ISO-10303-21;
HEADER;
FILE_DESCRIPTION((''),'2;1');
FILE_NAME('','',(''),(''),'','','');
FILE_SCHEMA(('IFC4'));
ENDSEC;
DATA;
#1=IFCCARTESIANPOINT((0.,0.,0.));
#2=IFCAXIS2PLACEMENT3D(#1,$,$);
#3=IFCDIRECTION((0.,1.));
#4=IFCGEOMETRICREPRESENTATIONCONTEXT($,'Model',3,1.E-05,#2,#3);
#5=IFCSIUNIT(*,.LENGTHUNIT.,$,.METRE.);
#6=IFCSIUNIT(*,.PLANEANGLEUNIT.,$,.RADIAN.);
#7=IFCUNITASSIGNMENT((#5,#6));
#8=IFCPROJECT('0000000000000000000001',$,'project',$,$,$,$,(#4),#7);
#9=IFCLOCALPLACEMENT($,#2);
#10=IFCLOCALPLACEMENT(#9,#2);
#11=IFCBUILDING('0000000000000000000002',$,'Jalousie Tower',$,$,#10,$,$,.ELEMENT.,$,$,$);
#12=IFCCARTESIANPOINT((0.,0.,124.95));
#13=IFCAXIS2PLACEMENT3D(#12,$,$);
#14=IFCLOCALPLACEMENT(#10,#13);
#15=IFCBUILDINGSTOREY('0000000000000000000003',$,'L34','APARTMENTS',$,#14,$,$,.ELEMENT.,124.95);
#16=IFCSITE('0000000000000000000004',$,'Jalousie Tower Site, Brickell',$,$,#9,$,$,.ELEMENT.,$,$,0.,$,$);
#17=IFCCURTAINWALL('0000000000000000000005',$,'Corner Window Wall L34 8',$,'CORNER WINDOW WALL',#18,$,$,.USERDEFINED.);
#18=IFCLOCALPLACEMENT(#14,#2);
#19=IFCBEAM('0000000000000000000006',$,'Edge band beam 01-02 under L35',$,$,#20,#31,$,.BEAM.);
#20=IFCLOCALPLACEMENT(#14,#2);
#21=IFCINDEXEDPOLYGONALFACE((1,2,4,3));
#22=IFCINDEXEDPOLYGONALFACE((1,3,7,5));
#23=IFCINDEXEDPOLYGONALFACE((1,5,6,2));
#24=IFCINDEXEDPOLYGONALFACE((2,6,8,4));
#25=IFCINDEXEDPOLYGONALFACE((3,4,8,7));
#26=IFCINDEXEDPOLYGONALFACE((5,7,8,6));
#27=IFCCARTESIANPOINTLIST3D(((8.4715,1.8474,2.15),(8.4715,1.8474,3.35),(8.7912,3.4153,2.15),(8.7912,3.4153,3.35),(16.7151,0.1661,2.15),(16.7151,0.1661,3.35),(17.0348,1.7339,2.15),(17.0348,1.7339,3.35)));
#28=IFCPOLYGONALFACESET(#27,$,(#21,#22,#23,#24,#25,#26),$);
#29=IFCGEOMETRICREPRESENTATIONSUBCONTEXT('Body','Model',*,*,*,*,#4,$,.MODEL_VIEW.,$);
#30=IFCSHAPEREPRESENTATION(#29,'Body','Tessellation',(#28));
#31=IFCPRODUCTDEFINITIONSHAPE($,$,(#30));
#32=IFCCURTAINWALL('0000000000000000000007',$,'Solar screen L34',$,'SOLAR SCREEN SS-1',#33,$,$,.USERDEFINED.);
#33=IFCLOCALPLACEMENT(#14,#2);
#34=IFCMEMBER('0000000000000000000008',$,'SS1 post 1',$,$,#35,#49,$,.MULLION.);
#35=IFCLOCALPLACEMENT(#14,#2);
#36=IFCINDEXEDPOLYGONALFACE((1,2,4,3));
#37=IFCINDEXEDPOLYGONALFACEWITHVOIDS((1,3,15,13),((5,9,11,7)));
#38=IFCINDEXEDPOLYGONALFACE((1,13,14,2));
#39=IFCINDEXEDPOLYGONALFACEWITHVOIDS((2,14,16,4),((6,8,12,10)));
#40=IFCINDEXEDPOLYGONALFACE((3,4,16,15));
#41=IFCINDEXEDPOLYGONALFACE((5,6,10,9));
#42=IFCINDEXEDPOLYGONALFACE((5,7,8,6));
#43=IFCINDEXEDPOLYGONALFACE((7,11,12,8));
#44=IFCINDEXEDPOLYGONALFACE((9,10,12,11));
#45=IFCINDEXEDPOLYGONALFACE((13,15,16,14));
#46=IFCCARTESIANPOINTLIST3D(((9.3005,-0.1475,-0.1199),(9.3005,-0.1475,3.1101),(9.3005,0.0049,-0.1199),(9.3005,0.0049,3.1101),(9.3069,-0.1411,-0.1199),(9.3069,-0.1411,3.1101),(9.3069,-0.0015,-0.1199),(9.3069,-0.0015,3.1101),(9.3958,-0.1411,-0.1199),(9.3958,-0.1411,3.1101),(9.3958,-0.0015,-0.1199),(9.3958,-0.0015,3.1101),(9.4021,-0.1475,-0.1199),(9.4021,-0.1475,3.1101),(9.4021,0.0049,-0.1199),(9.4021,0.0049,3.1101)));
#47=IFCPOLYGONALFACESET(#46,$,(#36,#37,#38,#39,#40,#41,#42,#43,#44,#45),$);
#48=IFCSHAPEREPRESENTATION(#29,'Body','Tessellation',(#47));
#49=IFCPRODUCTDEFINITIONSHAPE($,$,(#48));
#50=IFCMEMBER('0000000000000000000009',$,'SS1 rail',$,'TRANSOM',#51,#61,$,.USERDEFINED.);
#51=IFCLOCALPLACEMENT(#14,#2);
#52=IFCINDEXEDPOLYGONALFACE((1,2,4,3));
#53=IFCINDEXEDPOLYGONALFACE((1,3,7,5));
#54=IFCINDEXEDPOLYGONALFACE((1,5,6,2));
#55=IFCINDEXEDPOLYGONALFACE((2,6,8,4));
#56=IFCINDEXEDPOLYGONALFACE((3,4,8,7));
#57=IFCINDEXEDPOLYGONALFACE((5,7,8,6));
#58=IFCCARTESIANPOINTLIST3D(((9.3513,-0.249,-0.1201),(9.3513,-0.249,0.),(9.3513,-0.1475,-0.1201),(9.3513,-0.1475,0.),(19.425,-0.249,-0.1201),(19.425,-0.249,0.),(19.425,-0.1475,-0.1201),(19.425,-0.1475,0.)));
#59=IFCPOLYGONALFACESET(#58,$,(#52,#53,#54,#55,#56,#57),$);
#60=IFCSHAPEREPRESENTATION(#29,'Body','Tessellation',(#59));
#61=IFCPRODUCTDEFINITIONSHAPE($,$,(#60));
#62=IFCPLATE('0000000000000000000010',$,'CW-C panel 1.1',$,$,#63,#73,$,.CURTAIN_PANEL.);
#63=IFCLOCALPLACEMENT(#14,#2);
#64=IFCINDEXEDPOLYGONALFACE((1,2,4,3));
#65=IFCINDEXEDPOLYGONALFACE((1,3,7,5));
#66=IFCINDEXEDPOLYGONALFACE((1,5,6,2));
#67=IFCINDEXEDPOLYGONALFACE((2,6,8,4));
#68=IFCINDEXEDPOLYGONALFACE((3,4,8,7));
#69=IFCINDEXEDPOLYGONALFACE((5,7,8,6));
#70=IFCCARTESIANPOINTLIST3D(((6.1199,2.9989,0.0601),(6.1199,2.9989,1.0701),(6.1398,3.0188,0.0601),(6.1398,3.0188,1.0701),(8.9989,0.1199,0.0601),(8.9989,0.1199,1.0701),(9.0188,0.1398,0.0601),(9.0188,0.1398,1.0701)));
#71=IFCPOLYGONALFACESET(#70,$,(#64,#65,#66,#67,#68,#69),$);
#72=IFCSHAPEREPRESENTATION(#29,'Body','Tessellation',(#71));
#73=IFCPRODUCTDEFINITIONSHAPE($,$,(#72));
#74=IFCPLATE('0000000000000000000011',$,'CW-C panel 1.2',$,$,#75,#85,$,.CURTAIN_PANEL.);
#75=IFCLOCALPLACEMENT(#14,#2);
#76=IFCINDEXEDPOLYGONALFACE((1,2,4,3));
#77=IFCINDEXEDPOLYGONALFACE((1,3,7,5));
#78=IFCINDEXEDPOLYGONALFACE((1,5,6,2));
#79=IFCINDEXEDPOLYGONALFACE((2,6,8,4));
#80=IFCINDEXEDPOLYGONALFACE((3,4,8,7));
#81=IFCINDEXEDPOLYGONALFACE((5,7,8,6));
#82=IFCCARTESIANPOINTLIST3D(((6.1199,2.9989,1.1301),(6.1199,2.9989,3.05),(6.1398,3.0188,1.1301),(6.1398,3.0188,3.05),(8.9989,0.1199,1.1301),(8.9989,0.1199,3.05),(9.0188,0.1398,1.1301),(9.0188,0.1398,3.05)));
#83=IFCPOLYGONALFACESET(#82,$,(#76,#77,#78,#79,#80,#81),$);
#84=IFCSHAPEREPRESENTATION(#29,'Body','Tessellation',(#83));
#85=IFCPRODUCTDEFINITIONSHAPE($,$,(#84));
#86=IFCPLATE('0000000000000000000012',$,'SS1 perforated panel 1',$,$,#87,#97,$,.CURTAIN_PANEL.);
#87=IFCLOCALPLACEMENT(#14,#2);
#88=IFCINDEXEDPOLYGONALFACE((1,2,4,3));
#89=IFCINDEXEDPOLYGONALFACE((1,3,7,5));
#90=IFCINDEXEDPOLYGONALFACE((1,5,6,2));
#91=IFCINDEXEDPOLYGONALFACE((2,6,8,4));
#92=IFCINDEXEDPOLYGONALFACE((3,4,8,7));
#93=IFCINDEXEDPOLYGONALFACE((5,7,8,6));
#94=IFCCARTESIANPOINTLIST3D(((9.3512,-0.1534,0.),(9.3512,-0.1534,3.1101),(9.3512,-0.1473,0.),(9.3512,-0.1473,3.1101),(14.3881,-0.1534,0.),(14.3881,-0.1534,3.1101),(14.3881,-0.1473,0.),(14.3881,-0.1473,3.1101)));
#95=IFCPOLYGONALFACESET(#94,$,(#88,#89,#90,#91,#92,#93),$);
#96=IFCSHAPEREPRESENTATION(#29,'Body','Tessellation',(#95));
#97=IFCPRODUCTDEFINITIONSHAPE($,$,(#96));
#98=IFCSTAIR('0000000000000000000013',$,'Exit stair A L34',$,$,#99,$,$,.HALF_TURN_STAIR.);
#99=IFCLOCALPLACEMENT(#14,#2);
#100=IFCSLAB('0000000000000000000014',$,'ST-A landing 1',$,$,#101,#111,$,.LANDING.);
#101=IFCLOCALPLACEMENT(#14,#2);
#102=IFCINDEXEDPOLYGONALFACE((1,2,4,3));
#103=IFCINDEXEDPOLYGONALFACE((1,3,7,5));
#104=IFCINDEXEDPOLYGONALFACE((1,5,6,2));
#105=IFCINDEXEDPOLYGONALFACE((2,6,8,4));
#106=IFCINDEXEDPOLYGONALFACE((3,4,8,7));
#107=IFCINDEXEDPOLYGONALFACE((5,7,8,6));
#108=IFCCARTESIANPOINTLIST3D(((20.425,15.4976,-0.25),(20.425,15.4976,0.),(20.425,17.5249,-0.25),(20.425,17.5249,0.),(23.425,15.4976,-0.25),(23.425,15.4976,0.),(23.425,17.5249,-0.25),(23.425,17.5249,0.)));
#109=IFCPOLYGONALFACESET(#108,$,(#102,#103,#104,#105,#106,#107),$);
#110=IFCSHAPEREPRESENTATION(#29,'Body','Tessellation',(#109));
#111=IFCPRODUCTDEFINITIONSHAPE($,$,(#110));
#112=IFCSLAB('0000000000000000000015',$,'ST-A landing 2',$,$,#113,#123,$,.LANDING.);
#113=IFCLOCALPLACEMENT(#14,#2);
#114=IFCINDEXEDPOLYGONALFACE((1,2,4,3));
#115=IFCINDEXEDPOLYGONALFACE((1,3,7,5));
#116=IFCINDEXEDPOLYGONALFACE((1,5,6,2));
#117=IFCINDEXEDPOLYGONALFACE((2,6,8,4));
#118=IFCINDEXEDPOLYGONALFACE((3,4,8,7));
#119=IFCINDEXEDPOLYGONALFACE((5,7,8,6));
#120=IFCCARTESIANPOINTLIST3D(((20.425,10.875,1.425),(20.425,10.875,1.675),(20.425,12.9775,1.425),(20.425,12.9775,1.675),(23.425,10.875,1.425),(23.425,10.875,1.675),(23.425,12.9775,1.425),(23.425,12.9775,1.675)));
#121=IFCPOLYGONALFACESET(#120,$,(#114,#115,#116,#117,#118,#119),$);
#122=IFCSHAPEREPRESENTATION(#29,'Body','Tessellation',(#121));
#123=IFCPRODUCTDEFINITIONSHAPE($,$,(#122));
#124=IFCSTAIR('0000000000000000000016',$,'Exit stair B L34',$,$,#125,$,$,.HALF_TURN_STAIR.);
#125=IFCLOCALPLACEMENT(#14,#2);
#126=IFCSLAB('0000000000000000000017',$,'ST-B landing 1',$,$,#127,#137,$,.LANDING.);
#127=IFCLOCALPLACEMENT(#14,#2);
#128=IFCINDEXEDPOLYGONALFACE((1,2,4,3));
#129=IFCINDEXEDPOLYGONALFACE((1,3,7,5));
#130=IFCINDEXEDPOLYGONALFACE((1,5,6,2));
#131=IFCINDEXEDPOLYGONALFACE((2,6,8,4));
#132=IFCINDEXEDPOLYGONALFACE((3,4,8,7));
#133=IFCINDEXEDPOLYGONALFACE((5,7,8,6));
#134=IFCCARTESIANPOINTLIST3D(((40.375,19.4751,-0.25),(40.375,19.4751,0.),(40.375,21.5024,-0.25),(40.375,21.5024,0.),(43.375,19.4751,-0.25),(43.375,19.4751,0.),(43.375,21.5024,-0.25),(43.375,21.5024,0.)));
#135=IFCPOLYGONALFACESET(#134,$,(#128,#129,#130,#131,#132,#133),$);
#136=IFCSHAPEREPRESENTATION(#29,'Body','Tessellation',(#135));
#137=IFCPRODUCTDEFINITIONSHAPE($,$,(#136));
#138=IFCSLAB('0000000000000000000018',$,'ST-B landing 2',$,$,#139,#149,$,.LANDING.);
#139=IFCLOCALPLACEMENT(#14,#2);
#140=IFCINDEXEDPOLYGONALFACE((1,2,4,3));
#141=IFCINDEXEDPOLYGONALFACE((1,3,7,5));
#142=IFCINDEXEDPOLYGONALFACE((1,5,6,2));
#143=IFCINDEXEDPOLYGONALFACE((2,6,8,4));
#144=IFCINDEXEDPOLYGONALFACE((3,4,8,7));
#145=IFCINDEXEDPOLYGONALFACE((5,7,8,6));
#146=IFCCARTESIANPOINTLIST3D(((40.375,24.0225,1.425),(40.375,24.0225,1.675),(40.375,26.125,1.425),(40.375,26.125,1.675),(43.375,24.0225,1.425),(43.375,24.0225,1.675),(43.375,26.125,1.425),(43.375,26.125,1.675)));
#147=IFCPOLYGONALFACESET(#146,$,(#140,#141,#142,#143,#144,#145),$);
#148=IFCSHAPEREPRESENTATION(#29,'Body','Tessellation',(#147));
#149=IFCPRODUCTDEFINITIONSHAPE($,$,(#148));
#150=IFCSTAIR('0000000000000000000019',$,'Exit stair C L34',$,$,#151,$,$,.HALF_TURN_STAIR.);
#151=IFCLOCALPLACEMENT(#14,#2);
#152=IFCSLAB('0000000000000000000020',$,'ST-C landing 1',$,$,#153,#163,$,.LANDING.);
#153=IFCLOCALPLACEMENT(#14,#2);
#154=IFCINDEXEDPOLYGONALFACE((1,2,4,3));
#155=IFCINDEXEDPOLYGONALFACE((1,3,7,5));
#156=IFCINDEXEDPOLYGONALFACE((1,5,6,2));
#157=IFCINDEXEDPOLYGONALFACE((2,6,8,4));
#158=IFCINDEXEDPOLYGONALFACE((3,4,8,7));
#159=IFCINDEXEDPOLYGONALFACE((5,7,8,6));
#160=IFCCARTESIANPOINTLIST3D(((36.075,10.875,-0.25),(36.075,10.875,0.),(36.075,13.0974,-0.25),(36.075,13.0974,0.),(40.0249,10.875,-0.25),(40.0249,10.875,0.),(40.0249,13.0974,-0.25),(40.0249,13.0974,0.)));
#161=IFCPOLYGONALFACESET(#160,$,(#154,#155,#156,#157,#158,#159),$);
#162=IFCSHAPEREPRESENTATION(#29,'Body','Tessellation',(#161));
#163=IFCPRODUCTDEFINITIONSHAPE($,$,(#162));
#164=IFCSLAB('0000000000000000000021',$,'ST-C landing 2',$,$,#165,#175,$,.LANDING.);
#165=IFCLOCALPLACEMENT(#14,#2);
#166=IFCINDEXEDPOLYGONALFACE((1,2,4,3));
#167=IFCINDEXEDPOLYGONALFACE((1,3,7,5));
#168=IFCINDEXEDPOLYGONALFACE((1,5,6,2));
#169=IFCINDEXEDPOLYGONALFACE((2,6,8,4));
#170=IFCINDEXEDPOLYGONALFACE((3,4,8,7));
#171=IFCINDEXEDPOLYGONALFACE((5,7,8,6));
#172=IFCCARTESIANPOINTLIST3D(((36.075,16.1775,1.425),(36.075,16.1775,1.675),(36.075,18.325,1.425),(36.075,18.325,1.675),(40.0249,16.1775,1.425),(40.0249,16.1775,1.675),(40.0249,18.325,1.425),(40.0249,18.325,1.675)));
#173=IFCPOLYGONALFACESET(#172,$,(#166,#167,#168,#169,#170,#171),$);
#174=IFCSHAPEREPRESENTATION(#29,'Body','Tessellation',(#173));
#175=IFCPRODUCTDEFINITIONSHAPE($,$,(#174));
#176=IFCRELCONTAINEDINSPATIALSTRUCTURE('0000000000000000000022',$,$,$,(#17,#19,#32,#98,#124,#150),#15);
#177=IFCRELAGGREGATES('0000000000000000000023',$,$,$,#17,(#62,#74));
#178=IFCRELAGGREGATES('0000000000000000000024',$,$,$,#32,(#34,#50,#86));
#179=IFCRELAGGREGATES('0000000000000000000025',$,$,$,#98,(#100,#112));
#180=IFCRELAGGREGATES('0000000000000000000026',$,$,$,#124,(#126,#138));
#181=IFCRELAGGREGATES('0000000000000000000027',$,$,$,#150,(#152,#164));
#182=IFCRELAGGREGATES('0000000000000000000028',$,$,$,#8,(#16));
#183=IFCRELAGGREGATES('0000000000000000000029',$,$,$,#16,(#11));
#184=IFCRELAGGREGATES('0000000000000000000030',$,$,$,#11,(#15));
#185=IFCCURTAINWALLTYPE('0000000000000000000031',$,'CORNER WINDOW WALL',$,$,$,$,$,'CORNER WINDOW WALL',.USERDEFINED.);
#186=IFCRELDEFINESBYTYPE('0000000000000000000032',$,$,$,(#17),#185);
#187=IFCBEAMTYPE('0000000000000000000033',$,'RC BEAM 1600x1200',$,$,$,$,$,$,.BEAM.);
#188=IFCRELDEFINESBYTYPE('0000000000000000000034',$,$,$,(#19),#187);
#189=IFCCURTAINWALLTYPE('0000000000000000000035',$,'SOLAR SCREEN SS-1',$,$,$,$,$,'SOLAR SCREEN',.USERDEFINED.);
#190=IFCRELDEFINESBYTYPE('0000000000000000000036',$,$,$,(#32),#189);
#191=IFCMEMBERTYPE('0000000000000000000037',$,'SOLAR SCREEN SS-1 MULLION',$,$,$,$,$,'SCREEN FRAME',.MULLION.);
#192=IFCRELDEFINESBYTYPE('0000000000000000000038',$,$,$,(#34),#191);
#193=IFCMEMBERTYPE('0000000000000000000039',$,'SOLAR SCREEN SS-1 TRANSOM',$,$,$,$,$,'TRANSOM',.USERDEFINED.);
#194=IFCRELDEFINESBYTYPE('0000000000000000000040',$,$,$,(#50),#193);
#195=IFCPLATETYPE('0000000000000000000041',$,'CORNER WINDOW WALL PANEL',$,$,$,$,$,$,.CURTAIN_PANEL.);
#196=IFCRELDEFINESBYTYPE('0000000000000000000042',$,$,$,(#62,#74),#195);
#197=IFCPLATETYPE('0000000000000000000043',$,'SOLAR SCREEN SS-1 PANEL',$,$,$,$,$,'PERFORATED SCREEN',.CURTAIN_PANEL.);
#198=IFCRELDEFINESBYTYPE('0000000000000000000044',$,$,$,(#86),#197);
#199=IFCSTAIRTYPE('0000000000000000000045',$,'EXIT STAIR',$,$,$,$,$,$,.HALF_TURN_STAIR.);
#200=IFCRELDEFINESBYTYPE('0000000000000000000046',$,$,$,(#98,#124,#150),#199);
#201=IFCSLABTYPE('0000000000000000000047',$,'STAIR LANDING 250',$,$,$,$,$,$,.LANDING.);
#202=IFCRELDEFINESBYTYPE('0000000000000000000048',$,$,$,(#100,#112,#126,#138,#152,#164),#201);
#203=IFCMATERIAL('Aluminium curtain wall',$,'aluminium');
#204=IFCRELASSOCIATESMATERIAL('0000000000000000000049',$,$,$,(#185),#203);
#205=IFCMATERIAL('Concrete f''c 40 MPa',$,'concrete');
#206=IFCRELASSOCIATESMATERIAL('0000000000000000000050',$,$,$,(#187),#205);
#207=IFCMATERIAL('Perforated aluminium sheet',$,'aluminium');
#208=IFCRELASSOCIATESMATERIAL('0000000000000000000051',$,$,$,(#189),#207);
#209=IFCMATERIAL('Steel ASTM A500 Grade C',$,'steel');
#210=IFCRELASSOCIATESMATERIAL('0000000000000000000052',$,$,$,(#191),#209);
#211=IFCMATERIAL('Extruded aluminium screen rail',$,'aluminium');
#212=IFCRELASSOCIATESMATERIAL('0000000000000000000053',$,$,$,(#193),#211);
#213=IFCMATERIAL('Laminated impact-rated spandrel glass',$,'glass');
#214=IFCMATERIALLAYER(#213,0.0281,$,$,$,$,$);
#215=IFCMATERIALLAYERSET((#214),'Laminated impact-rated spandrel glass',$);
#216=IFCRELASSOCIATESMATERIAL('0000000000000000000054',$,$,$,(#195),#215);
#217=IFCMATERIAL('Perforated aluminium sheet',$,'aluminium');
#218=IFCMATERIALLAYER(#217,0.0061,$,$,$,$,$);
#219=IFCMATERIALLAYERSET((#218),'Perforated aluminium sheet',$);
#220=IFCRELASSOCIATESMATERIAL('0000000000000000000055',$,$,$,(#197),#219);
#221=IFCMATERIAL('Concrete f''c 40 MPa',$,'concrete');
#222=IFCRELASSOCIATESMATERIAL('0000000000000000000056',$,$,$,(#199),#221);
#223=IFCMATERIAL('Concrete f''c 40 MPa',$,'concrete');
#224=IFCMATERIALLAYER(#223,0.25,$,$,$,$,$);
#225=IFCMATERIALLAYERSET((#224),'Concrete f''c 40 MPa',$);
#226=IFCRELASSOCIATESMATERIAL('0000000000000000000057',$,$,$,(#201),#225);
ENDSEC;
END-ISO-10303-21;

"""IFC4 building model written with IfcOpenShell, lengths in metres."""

from ifc_helpers import new_model, si_unit, direction, frame, origin, origin_2d, place, context, subcontext, project, spatial, polyline, rectangle, hollow_rectangle, outline, extrude, material, layer, layer_set, material_profile, profile_set, type_object, element, aggregate, save


model = new_model("IFC4")

# Units and contexts
model_context = context("Model", 3, precision=1e-05, world=origin(), true_north=direction((0.0, 1.0)))
body_context = subcontext(model_context, "Body", "Model", "MODEL_VIEW")
ifc_project = project(units=[si_unit("LENGTHUNIT", "METRE"), si_unit("PLANEANGLEUNIT", "RADIAN")], contexts=[model_context])

# Site, building, storey
site_placement = place(None, origin())
site = spatial("IfcSite", under=ifc_project, at=site_placement, Name="Jalousie Tower Site, Brickell", CompositionType="ELEMENT", RefElevation=0.0)
building_placement = place(site_placement, origin())
building = spatial("IfcBuilding", under=site, at=building_placement, Name="Jalousie Tower", CompositionType="ELEMENT")
storey_placement = place(building_placement, frame((0.0, 0.0, 124.95)))
storey = spatial("IfcBuildingStorey", under=building, at=storey_placement, Name="L34", Description="APARTMENTS", CompositionType="ELEMENT", Elevation=124.95)

# Curtain wall
ifc_material_1 = material(Name="Aluminium curtain wall", Category="aluminium")
curtain_wall_type_1 = type_object("IfcCurtainWallType", Name="CORNER WINDOW WALL", ElementType="CORNER WINDOW WALL", PredefinedType="USERDEFINED", material=ifc_material_1)
curtain_wall_1_placement = place(storey_placement, origin())
curtain_wall_1 = element("IfcCurtainWall", 1, at=curtain_wall_1_placement, inside=storey, type_object=curtain_wall_type_1, Name="Corner Window Wall L34 8", ObjectType="CORNER WINDOW WALL", PredefinedType="USERDEFINED")

# Beam
ifc_material_2 = material(Name="Concrete f'c 40 MPa", Category="concrete")
ifc_material_profile_1 = material_profile(ifc_material_2, rectangle(XDim=1.6001, YDim=1.2, at=origin_2d()), Name="RC 1600x1200")
ifc_profile_set_1 = profile_set([ifc_material_profile_1], Name="Concrete f'c 40 MPa")
beam_type_1 = type_object("IfcBeamType", Name="RC BEAM 1600x1200", PredefinedType="BEAM", material=ifc_profile_set_1)
beam_1_placement = place(storey_placement, frame((8.6313, 2.6313, 2.75), z_axis=(0.979827, -0.199848, 0.0), x_axis=(0.199848, 0.979827, 0.0)))
element("IfcBeam", 2, at=beam_1_placement, inside=storey, type_object=beam_type_1, Name="Edge band beam 01-02 under L35", PredefinedType="BEAM", context=body_context, shape_type="SweptSolid", body=[
    extrude(rectangle(XDim=1.6001, YDim=1.2, at=origin_2d()), origin(), (0.0, 0.0, 1.0), 8.4133),
])

# Curtain wall, members
ifc_material_3 = material(Name="Perforated aluminium sheet", Category="aluminium")
curtain_wall_type_2 = type_object("IfcCurtainWallType", Name="SOLAR SCREEN SS-1", ElementType="SOLAR SCREEN", PredefinedType="USERDEFINED", material=ifc_material_3)
curtain_wall_2_placement = place(storey_placement, origin())
curtain_wall_2 = element("IfcCurtainWall", 3, at=curtain_wall_2_placement, inside=storey, type_object=curtain_wall_type_2, Name="Solar screen L34", ObjectType="SOLAR SCREEN SS-1", PredefinedType="USERDEFINED")
ifc_material_4 = material(Name="Steel ASTM A500 Grade C", Category="steel")
ifc_material_profile_2 = material_profile(ifc_material_4, hollow_rectangle(XDim=0.1016, YDim=0.1523, WallThickness=0.0063, at=origin_2d()), Name="HSS6X4X1/4")
ifc_profile_set_2 = profile_set([ifc_material_profile_2], Name="Steel ASTM A500 Grade C")
member_type_1 = type_object("IfcMemberType", Name="SOLAR SCREEN SS-1 MULLION", ElementType="SCREEN FRAME", PredefinedType="MULLION", material=ifc_profile_set_2)
member_1_placement = place(storey_placement, frame((9.3513, -0.0713, -0.1199), z_axis=(0.0, 0.0, 1.0), x_axis=(1.0, 0.0, 0.0)))
member_1 = element("IfcMember", 4, at=member_1_placement, type_object=member_type_1, Name="SS1 post 1", PredefinedType="MULLION", context=body_context, shape_type="SweptSolid", body=[
    extrude(hollow_rectangle(XDim=0.1016, YDim=0.1523, WallThickness=0.0063, at=origin_2d()), origin(), (0.0, 0.0, 1.0), 3.23),
])
ifc_material_5 = material(Name="Extruded aluminium screen rail", Category="aluminium")
ifc_material_profile_3 = material_profile(ifc_material_5, rectangle(XDim=0.1016, YDim=0.1201, at=origin_2d()), Name="RAIL 102x120")
ifc_profile_set_3 = profile_set([ifc_material_profile_3], Name="Extruded aluminium screen rail")
member_type_2 = type_object("IfcMemberType", Name="SOLAR SCREEN SS-1 TRANSOM", ElementType="TRANSOM", PredefinedType="USERDEFINED", material=ifc_profile_set_3)
member_2_placement = place(storey_placement, frame((9.3513, -0.1982, -0.0601), z_axis=(1.0, 0.0, 0.0), x_axis=(0.0, 1.0, 0.0)))
member_2 = element("IfcMember", 5, at=member_2_placement, type_object=member_type_2, Name="SS1 rail", ObjectType="TRANSOM", PredefinedType="USERDEFINED", context=body_context, shape_type="SweptSolid", body=[
    extrude(rectangle(XDim=0.1016, YDim=0.1201, at=origin_2d()), origin(), (0.0, 0.0, 1.0), 10.0737),
])

# Plates
ifc_material_6 = material(Name="Laminated impact-rated spandrel glass", Category="glass")
ifc_layer_1 = layer(ifc_material_6, 0.0281)
ifc_layer_set_1 = layer_set([ifc_layer_1], Name="Laminated impact-rated spandrel glass")
plate_type_1 = type_object("IfcPlateType", Name="CORNER WINDOW WALL PANEL", PredefinedType="CURTAIN_PANEL", material=ifc_layer_set_1)
plate_1_placement = place(storey_placement, frame((7.5693, 1.5693, 0.0601), z_axis=(0.0, 0.0, 1.0), x_axis=(0.707107, -0.707107, 0.0)))
plate_1 = element("IfcPlate", 6, at=plate_1_placement, type_object=plate_type_1, Name="CW-C panel 1.1", PredefinedType="CURTAIN_PANEL", context=body_context, shape_type="SweptSolid", body=[
    extrude(rectangle(XDim=4.0715, YDim=0.0281, at=origin_2d()), origin(), (0.0, 0.0, 1.0), 1.01),
])
plate_2_placement = place(storey_placement, frame((7.5693, 1.5693, 1.1301), z_axis=(0.0, 0.0, 1.0), x_axis=(0.707107, -0.707107, 0.0)))
plate_2 = element("IfcPlate", 7, at=plate_2_placement, type_object=plate_type_1, Name="CW-C panel 1.2", PredefinedType="CURTAIN_PANEL", context=body_context, shape_type="SweptSolid", body=[
    extrude(rectangle(XDim=4.0715, YDim=0.0281, at=origin_2d()), origin(), (0.0, 0.0, 1.0), 1.9199),
])
aggregate(curtain_wall_1, [plate_1, plate_2])

# Plate
ifc_material_7 = material(Name="Perforated aluminium sheet", Category="aluminium")
ifc_layer_2 = layer(ifc_material_7, 0.0061)
ifc_layer_set_2 = layer_set([ifc_layer_2], Name="Perforated aluminium sheet")
plate_type_2 = type_object("IfcPlateType", Name="SOLAR SCREEN SS-1 PANEL", ElementType="PERFORATED SCREEN", PredefinedType="CURTAIN_PANEL", material=ifc_layer_set_2)
plate_3_placement = place(storey_placement, frame((11.8696, -0.1504, 0.0), z_axis=(0.0, 0.0, 1.0), x_axis=(1.0, 0.0, 0.0)))
plate_3 = element("IfcPlate", 8, at=plate_3_placement, type_object=plate_type_2, Name="SS1 perforated panel 1", PredefinedType="CURTAIN_PANEL", context=body_context, shape_type="SweptSolid", body=[
    extrude(rectangle(XDim=5.0369, YDim=0.0061, at=origin_2d()), origin(), (0.0, 0.0, 1.0), 3.1101),
])
aggregate(curtain_wall_2, [member_1, member_2, plate_3])

# Stairs, slabs
ifc_material_8 = material(Name="Concrete f'c 40 MPa", Category="concrete")
stair_type = type_object("IfcStairType", Name="EXIT STAIR", PredefinedType="HALF_TURN_STAIR", material=ifc_material_8)
stair_1_placement = place(storey_placement, origin())
stair_1 = element("IfcStair", 9, at=stair_1_placement, inside=storey, type_object=stair_type, Name="Exit stair A L34", PredefinedType="HALF_TURN_STAIR")
ifc_material_9 = material(Name="Concrete f'c 40 MPa", Category="concrete")
ifc_layer_3 = layer(ifc_material_9, 0.25)
ifc_layer_set_3 = layer_set([ifc_layer_3], Name="Concrete f'c 40 MPa")
slab_type_1 = type_object("IfcSlabType", Name="STAIR LANDING 250", PredefinedType="LANDING", material=ifc_layer_set_3)
slab_1_placement = place(storey_placement, frame((0.0, 0.0, -0.25)))
slab_1 = element("IfcSlab", 10, at=slab_1_placement, type_object=slab_type_1, Name="ST-A landing 1", PredefinedType="LANDING", context=body_context, shape_type="SweptSolid", body=[
    extrude(outline(polyline([(20.425, 15.4976), (23.425, 15.4976), (23.425, 17.5249), (20.425, 17.5249), (20.425, 15.4976)])), origin(), (0.0, 0.0, 1.0), 0.25),
])
slab_2_placement = place(storey_placement, frame((0.0, 0.0, 1.425)))
slab_2 = element("IfcSlab", 11, at=slab_2_placement, type_object=slab_type_1, Name="ST-A landing 2", PredefinedType="LANDING", context=body_context, shape_type="SweptSolid", body=[
    extrude(outline(polyline([(20.425, 10.875), (23.425, 10.875), (23.425, 12.9775), (20.425, 12.9775), (20.425, 10.875)])), origin(), (0.0, 0.0, 1.0), 0.25),
])
aggregate(stair_1, [slab_1, slab_2])
stair_2_placement = place(storey_placement, origin())
stair_2 = element("IfcStair", 12, at=stair_2_placement, inside=storey, type_object=stair_type, Name="Exit stair B L34", PredefinedType="HALF_TURN_STAIR")
slab_3_placement = place(storey_placement, frame((0.0, 0.0, -0.25)))
slab_3 = element("IfcSlab", 13, at=slab_3_placement, type_object=slab_type_1, Name="ST-B landing 1", PredefinedType="LANDING", context=body_context, shape_type="SweptSolid", body=[
    extrude(outline(polyline([(40.375, 19.4751), (43.375, 19.4751), (43.375, 21.5024), (40.375, 21.5024), (40.375, 19.4751)])), origin(), (0.0, 0.0, 1.0), 0.25),
])
slab_4_placement = place(storey_placement, frame((0.0, 0.0, 1.425)))
slab_4 = element("IfcSlab", 14, at=slab_4_placement, type_object=slab_type_1, Name="ST-B landing 2", PredefinedType="LANDING", context=body_context, shape_type="SweptSolid", body=[
    extrude(outline(polyline([(40.375, 24.0225), (43.375, 24.0225), (43.375, 26.125), (40.375, 26.125), (40.375, 24.0225)])), origin(), (0.0, 0.0, 1.0), 0.25),
])
aggregate(stair_2, [slab_3, slab_4])
stair_3_placement = place(storey_placement, origin())
stair_3 = element("IfcStair", 15, at=stair_3_placement, inside=storey, type_object=stair_type, Name="Exit stair C L34", PredefinedType="HALF_TURN_STAIR")
slab_5_placement = place(storey_placement, frame((0.0, 0.0, -0.25)))
slab_5 = element("IfcSlab", 16, at=slab_5_placement, type_object=slab_type_1, Name="ST-C landing 1", PredefinedType="LANDING", context=body_context, shape_type="SweptSolid", body=[
    extrude(outline(polyline([(36.075, 10.875), (40.0249, 10.875), (40.0249, 13.0974), (36.075, 13.0974), (36.075, 10.875)])), origin(), (0.0, 0.0, 1.0), 0.25),
])
slab_6_placement = place(storey_placement, frame((0.0, 0.0, 1.425)))
slab_6 = element("IfcSlab", 17, at=slab_6_placement, type_object=slab_type_1, Name="ST-C landing 2", PredefinedType="LANDING", context=body_context, shape_type="SweptSolid", body=[
    extrude(outline(polyline([(36.075, 16.1775), (40.0249, 16.1775), (40.0249, 18.325), (36.075, 18.325), (36.075, 16.1775)])), origin(), (0.0, 0.0, 1.0), 0.25),
])
aggregate(stair_3, [slab_5, slab_6])

save(model, "model.ifc")
